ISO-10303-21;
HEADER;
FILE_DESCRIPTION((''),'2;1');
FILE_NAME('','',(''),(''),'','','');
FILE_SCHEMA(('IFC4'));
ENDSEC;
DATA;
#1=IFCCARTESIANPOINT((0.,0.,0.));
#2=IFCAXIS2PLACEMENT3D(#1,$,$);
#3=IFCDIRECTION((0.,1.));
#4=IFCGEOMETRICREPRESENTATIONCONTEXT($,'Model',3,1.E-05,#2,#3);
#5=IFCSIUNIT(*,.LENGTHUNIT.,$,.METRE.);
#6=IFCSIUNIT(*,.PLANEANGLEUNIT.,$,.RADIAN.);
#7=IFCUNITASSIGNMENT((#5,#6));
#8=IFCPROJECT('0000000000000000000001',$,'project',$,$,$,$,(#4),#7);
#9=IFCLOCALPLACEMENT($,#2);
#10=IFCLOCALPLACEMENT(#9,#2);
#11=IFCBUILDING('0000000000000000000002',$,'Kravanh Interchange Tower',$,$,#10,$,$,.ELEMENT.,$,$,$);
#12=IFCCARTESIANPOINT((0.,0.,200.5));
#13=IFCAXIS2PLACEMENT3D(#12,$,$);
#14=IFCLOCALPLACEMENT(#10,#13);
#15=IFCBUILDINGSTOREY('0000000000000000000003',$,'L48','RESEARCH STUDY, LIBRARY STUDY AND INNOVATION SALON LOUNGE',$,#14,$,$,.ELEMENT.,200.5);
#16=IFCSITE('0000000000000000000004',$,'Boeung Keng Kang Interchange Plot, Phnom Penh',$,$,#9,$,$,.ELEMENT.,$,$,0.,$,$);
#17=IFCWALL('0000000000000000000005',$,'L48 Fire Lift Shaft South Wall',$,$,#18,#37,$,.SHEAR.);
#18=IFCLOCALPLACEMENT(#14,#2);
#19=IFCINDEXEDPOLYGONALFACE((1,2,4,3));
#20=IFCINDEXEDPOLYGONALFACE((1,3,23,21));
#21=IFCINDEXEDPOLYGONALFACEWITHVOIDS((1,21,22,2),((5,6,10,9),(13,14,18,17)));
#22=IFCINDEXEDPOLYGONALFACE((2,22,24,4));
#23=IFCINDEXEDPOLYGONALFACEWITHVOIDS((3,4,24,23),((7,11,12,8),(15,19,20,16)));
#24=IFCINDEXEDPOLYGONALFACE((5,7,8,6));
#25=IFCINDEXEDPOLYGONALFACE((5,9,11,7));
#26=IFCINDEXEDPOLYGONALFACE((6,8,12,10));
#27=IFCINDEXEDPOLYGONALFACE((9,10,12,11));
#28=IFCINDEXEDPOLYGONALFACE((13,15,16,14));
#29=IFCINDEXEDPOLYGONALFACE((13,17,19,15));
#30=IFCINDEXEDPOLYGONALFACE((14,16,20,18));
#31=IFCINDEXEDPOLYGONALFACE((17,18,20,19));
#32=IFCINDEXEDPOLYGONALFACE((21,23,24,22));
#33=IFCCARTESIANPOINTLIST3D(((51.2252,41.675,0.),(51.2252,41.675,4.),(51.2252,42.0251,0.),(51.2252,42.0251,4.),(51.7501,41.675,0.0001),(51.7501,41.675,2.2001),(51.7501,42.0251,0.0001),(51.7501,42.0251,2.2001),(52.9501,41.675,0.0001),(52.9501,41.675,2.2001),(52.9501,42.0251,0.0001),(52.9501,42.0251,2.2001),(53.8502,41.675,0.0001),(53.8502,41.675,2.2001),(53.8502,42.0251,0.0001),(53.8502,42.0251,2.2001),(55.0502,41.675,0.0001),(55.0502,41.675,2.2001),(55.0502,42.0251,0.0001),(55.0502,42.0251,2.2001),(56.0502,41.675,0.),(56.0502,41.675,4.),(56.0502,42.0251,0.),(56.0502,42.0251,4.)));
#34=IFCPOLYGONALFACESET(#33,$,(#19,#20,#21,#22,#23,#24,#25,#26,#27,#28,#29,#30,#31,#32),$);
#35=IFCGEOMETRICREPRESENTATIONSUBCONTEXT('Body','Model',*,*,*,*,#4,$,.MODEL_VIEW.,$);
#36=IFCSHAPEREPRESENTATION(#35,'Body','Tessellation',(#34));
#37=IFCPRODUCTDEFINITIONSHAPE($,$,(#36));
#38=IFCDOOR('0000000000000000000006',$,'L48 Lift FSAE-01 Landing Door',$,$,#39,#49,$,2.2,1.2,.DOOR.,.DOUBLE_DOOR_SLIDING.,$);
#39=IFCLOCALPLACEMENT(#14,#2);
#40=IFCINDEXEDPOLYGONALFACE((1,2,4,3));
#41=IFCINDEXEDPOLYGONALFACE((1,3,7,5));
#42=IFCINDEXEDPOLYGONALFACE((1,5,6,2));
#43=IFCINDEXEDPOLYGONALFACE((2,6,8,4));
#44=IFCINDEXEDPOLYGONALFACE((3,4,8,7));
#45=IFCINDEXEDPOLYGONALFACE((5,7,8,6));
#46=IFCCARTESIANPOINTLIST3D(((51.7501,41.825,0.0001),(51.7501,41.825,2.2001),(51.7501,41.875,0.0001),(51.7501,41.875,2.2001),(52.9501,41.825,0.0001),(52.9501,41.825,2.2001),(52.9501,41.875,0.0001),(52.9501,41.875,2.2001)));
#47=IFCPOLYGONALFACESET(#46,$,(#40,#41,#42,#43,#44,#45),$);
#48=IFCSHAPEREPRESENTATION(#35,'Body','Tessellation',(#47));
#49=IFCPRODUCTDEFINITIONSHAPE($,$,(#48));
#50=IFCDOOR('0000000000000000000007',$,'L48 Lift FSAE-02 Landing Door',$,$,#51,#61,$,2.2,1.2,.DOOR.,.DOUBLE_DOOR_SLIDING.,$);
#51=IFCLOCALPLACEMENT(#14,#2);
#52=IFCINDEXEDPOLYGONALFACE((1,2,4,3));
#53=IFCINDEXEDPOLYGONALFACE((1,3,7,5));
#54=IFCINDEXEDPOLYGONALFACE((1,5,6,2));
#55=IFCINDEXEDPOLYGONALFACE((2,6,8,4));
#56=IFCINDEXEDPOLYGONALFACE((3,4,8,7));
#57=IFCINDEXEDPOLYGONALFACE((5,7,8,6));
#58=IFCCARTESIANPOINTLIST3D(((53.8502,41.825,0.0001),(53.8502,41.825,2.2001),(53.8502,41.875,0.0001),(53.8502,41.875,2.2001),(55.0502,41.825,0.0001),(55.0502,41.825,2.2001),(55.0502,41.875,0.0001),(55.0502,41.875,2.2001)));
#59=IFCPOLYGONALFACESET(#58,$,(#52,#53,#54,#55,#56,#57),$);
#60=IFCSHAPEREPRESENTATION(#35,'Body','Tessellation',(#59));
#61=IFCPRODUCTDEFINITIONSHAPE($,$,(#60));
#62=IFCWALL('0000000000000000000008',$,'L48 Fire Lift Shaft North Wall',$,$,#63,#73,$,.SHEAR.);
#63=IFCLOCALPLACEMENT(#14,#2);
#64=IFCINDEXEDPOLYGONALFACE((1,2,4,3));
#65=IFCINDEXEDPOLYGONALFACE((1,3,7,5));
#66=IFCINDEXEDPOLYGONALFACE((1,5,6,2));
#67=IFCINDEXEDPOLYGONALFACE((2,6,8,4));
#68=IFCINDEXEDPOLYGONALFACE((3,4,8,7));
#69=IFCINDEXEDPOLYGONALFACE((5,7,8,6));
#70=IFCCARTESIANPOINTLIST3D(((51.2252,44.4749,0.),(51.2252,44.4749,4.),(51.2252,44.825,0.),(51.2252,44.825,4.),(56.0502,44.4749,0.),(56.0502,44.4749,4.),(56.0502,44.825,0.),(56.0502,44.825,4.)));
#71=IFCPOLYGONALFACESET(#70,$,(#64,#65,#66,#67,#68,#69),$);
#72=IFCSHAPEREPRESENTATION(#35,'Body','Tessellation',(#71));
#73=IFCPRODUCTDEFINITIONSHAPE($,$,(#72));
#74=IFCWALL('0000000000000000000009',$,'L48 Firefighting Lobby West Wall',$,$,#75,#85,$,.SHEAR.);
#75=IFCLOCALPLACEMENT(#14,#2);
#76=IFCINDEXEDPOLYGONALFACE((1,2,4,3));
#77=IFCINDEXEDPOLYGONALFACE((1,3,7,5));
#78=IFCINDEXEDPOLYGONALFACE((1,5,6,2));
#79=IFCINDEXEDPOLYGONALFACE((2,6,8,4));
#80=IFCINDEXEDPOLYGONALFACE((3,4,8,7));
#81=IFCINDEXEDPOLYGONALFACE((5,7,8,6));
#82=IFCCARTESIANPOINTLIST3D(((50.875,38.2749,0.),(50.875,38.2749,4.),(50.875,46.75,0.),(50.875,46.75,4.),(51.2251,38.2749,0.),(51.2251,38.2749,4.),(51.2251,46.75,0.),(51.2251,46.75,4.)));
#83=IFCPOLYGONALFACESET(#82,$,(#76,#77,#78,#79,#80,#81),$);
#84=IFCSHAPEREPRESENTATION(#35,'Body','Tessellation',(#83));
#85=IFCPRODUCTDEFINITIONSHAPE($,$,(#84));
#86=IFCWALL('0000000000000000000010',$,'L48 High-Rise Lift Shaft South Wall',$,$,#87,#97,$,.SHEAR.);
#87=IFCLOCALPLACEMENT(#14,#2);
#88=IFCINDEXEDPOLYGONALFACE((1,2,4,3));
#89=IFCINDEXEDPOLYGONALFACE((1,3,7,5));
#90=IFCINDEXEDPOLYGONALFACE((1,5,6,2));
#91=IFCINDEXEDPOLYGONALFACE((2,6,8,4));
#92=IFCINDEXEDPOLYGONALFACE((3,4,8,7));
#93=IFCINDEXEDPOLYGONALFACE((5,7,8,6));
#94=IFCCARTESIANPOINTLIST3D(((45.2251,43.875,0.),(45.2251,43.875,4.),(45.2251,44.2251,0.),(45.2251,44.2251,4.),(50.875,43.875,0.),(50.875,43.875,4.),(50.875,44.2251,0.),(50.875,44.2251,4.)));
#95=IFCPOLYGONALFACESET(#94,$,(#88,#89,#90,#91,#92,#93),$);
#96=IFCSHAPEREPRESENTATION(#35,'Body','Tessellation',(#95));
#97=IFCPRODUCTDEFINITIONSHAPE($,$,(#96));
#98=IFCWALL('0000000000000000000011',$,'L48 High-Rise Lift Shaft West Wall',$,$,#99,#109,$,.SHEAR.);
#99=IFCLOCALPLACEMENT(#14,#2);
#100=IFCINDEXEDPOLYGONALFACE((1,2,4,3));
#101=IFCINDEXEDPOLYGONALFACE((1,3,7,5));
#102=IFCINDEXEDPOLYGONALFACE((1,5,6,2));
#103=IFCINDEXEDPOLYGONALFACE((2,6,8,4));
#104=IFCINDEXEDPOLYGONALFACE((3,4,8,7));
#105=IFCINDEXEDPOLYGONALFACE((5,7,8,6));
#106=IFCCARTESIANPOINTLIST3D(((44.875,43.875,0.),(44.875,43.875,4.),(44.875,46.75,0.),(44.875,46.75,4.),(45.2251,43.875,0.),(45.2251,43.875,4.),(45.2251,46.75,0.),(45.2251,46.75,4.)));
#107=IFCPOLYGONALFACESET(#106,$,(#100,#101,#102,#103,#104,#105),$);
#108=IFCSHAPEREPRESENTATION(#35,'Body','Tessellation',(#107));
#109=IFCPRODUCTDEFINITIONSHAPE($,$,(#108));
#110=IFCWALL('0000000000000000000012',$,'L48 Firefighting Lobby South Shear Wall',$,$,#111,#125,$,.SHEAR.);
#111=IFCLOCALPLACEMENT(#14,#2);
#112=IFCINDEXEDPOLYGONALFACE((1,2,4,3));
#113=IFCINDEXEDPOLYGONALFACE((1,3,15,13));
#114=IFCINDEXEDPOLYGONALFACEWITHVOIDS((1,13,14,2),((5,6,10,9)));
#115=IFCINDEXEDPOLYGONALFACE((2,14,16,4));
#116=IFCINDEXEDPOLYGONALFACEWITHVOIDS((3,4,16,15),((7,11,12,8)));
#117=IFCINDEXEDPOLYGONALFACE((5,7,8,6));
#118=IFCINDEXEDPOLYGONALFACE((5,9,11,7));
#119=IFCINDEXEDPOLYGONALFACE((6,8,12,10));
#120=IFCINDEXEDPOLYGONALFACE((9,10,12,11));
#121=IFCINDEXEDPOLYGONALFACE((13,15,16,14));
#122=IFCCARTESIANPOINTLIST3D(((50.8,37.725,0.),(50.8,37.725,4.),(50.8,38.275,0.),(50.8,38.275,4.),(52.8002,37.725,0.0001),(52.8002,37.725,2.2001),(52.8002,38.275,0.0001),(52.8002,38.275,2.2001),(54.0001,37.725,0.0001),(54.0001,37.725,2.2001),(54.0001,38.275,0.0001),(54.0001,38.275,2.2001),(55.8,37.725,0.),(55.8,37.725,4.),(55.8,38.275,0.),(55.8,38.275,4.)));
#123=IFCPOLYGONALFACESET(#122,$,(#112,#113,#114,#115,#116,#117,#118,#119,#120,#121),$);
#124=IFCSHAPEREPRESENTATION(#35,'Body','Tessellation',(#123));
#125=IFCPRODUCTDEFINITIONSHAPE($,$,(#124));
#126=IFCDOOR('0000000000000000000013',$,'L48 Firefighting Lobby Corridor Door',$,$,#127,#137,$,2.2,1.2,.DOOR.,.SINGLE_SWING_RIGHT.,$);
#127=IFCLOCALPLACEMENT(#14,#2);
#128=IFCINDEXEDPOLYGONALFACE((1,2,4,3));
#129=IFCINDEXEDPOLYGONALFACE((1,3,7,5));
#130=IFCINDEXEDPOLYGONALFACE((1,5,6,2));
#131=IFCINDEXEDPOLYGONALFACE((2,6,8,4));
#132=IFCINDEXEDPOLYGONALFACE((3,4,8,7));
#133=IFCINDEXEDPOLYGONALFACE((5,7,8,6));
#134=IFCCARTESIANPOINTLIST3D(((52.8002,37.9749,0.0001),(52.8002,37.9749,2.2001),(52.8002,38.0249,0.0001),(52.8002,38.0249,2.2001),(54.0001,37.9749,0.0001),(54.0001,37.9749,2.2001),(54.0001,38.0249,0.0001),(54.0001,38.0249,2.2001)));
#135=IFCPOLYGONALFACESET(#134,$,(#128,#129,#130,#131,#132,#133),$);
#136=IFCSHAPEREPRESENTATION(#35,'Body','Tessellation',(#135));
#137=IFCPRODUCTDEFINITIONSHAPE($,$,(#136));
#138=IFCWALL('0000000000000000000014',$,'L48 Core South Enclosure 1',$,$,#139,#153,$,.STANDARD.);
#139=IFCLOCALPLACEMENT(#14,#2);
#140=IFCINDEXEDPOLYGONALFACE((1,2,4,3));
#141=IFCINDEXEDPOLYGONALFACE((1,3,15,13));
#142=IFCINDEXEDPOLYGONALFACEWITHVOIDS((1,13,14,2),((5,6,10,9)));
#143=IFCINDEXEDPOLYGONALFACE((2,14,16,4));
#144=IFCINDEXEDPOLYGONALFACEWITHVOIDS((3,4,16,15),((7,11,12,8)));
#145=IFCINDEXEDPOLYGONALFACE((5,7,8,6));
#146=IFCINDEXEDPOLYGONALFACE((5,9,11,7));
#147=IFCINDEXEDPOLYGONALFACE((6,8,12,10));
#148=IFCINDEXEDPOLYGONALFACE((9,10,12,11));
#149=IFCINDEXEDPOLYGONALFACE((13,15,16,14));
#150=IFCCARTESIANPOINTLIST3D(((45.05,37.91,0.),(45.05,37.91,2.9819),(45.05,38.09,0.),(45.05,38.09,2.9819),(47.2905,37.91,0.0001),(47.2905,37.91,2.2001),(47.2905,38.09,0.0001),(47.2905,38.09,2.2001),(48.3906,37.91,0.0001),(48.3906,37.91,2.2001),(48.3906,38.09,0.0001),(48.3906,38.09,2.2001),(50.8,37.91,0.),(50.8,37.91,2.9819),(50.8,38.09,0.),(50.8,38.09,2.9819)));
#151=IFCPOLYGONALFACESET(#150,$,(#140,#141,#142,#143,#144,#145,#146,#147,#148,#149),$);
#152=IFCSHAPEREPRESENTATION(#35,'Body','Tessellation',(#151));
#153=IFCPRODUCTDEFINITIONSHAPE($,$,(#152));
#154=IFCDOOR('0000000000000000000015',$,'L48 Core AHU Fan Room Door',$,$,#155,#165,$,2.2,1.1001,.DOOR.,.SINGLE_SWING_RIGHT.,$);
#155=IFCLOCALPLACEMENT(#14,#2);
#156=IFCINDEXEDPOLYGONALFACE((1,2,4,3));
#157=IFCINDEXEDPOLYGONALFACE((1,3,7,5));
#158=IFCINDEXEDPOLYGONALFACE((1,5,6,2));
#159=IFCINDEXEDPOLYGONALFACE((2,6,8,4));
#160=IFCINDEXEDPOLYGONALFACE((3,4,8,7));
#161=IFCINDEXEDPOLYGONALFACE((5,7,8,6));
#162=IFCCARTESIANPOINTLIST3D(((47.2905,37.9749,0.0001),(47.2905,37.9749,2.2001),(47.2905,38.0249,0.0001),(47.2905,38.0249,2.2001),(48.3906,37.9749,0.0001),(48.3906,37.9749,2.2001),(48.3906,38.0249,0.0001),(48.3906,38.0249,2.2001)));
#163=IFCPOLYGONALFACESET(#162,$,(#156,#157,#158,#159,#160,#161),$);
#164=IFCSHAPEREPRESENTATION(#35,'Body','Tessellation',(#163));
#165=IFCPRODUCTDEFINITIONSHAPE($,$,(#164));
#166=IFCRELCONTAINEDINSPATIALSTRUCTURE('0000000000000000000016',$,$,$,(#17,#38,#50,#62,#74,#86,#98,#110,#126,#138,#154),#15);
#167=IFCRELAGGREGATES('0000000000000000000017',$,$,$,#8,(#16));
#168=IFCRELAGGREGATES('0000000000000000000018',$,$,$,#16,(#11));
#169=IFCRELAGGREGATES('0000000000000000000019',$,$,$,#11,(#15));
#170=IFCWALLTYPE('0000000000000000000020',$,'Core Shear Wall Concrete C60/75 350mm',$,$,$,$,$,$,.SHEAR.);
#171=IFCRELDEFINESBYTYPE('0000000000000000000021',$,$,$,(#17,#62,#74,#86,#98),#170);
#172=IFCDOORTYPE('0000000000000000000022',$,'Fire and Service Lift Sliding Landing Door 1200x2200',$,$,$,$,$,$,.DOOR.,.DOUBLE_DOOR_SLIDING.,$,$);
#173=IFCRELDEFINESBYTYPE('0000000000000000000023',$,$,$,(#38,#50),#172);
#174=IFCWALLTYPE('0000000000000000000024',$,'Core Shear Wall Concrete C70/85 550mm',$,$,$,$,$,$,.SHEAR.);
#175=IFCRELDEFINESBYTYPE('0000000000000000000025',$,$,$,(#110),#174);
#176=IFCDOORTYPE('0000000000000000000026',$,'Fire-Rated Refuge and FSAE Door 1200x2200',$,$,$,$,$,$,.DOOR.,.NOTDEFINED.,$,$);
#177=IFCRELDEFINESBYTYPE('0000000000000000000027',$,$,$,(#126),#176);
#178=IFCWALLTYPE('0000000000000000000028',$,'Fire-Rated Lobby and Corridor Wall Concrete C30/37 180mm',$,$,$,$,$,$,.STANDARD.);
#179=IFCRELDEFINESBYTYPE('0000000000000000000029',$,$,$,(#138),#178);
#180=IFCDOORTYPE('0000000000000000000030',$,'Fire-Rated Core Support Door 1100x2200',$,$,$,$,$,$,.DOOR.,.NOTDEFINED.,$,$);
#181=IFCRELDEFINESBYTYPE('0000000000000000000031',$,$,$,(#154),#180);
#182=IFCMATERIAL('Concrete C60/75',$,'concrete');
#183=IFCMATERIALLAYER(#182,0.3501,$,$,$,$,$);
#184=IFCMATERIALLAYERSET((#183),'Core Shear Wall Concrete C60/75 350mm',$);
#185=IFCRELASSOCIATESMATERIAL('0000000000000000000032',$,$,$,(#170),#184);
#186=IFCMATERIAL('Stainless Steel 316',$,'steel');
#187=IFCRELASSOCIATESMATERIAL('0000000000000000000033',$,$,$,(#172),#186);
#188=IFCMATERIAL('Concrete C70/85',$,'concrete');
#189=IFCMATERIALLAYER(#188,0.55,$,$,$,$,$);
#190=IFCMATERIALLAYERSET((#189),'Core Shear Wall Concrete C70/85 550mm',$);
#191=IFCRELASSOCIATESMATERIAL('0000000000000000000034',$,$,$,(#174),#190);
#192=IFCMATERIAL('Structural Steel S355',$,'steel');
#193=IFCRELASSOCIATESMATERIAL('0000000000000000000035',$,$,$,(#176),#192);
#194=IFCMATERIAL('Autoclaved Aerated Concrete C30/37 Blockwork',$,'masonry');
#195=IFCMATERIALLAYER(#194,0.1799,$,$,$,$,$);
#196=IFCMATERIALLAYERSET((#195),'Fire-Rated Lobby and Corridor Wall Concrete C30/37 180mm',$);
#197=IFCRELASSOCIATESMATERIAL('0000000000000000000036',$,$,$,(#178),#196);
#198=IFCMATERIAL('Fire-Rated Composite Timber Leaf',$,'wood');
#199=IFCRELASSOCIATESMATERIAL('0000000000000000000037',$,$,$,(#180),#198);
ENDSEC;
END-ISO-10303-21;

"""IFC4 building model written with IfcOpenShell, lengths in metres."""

from ifc_helpers import new_model, si_unit, direction, frame, frame_2d, origin, place, context, subcontext, project, spatial, rectangle, extrude, material, layer, layer_set, type_object, element, fill, save


model = new_model("IFC4")

# Units and contexts
model_context = context("Model", 3, precision=1e-05, world=origin(), true_north=direction((0.0, 1.0)))
body_context = subcontext(model_context, "Body", "Model", "MODEL_VIEW")
ifc_project = project(units=[si_unit("LENGTHUNIT", "METRE"), si_unit("PLANEANGLEUNIT", "RADIAN")], contexts=[model_context])

# Site, building, storey
site_placement = place(None, origin())
site = spatial("IfcSite", under=ifc_project, at=site_placement, Name="Boeung Keng Kang Interchange Plot, Phnom Penh", CompositionType="ELEMENT", RefElevation=0.0)
building_placement = place(site_placement, origin())
building = spatial("IfcBuilding", under=site, at=building_placement, Name="Kravanh Interchange Tower", CompositionType="ELEMENT")
storey_placement = place(building_placement, frame((0.0, 0.0, 200.5)))
storey = spatial("IfcBuildingStorey", under=building, at=storey_placement, Name="L48", Description="RESEARCH STUDY, LIBRARY STUDY AND INNOVATION SALON LOUNGE", CompositionType="ELEMENT", Elevation=200.5)

# Wall, openings, doors
ifc_material_1 = material(Name="Concrete C60/75", Category="concrete")
ifc_layer_1 = layer(ifc_material_1, 0.3501)
ifc_layer_set_1 = layer_set([ifc_layer_1], Name="Core Shear Wall Concrete C60/75 350mm")
wall_type_1 = type_object("IfcWallType", Name="Core Shear Wall Concrete C60/75 350mm", PredefinedType="SHEAR", material=ifc_layer_set_1)
wall_1_placement = place(storey_placement, frame((51.2251, 41.8501, 0.0), z_axis=(0.0, 0.0, 1.0), x_axis=(1.0, 0.0, 0.0)))
wall_1 = element("IfcWall", 1, at=wall_1_placement, inside=storey, type_object=wall_type_1, Name="L48 Fire Lift Shaft South Wall", PredefinedType="SHEAR", context=body_context, shape_type="SweptSolid", body=[
    extrude(rectangle(XDim=4.825, YDim=0.3501, at=frame_2d((2.4126, 0.0))), origin(), (0.0, 0.0, 1.0), 4.0),
])
opening_1_placement = place(wall_1_placement, frame((0.5249, 0.0, 0.0)))
opening_1 = element("IfcOpeningElement", 2, at=opening_1_placement, cuts=wall_1, PredefinedType="OPENING", context=body_context, shape_type="SweptSolid", body=[
    extrude(rectangle(XDim=1.2, YDim=2.2, at=frame_2d((0.6001, 1.1001))), frame((0.0, 0.1851, 0.0), z_axis=(0.0, -1.0, 0.0), x_axis=(1.0, 0.0, 0.0)), (0.0, 0.0, 1.0), 0.3701),
])
opening_2_placement = place(wall_1_placement, frame((2.625, 0.0, 0.0)))
opening_2 = element("IfcOpeningElement", 3, at=opening_2_placement, cuts=wall_1, PredefinedType="OPENING", context=body_context, shape_type="SweptSolid", body=[
    extrude(rectangle(XDim=1.2, YDim=2.2, at=frame_2d((0.6001, 1.1001))), frame((0.0, 0.1851, 0.0), z_axis=(0.0, -1.0, 0.0), x_axis=(1.0, 0.0, 0.0)), (0.0, 0.0, 1.0), 0.3701),
])
ifc_material_2 = material(Name="Stainless Steel 316", Category="steel")
door_type_1 = type_object("IfcDoorType", Name="Fire and Service Lift Sliding Landing Door 1200x2200", OperationType="DOUBLE_DOOR_SLIDING", PredefinedType="DOOR", material=ifc_material_2)
door_1_placement = place(opening_1_placement, origin())
door_1 = element("IfcDoor", 4, at=door_1_placement, inside=storey, type_object=door_type_1, Name="L48 Lift FSAE-01 Landing Door", OperationType="DOUBLE_DOOR_SLIDING", OverallHeight=2.2, OverallWidth=1.2, PredefinedType="DOOR", context=body_context, shape_type="SweptSolid", body=[
    extrude(rectangle(XDim=1.2, YDim=2.2, at=frame_2d((0.6001, 1.1001))), frame((0.0, 0.0249, 0.0), z_axis=(0.0, -1.0, 0.0), x_axis=(1.0, 0.0, 0.0)), (0.0, 0.0, 1.0), 0.05),
])
fill(opening_1, door_1)
door_2_placement = place(opening_2_placement, origin())
door_2 = element("IfcDoor", 5, at=door_2_placement, inside=storey, type_object=door_type_1, Name="L48 Lift FSAE-02 Landing Door", OperationType="DOUBLE_DOOR_SLIDING", OverallHeight=2.2, OverallWidth=1.2, PredefinedType="DOOR", context=body_context, shape_type="SweptSolid", body=[
    extrude(rectangle(XDim=1.2, YDim=2.2, at=frame_2d((0.6001, 1.1001))), frame((0.0, 0.0249, 0.0), z_axis=(0.0, -1.0, 0.0), x_axis=(1.0, 0.0, 0.0)), (0.0, 0.0, 1.0), 0.05),
])
fill(opening_2, door_2)

# Walls
wall_2_placement = place(storey_placement, frame((51.2251, 44.6499, 0.0), z_axis=(0.0, 0.0, 1.0), x_axis=(1.0, 0.0, 0.0)))
element("IfcWall", 6, at=wall_2_placement, inside=storey, type_object=wall_type_1, Name="L48 Fire Lift Shaft North Wall", PredefinedType="SHEAR", context=body_context, shape_type="SweptSolid", body=[
    extrude(rectangle(XDim=4.825, YDim=0.3501, at=frame_2d((2.4126, 0.0))), origin(), (0.0, 0.0, 1.0), 4.0),
])
wall_3_placement = place(storey_placement, frame((51.05, 38.2749, 0.0), z_axis=(0.0, 0.0, 1.0), x_axis=(0.0, 1.0, 0.0)))
element("IfcWall", 7, at=wall_3_placement, inside=storey, type_object=wall_type_1, Name="L48 Firefighting Lobby West Wall", PredefinedType="SHEAR", context=body_context, shape_type="SweptSolid", body=[
    extrude(rectangle(XDim=8.4751, YDim=0.3501, at=frame_2d((4.2375, 0.0))), origin(), (0.0, 0.0, 1.0), 4.0),
])
wall_4_placement = place(storey_placement, frame((45.2251, 44.05, 0.0), z_axis=(0.0, 0.0, 1.0), x_axis=(1.0, 0.0, 0.0)))
element("IfcWall", 8, at=wall_4_placement, inside=storey, type_object=wall_type_1, Name="L48 High-Rise Lift Shaft South Wall", PredefinedType="SHEAR", context=body_context, shape_type="SweptSolid", body=[
    extrude(rectangle(XDim=5.6499, YDim=0.3501, at=frame_2d((2.825, 0.0))), origin(), (0.0, 0.0, 1.0), 4.0),
])
wall_5_placement = place(storey_placement, frame((45.05, 43.875, 0.0), z_axis=(0.0, 0.0, 1.0), x_axis=(0.0, 1.0, 0.0)))
element("IfcWall", 9, at=wall_5_placement, inside=storey, type_object=wall_type_1, Name="L48 High-Rise Lift Shaft West Wall", PredefinedType="SHEAR", context=body_context, shape_type="SweptSolid", body=[
    extrude(rectangle(XDim=2.875, YDim=0.3501, at=frame_2d((1.4375, 0.0))), origin(), (0.0, 0.0, 1.0), 4.0),
])

# Shared definitions
ifc_material_3 = material(Name="Concrete C70/85", Category="concrete")
ifc_layer_2 = layer(ifc_material_3, 0.55)
ifc_layer_set_2 = layer_set([ifc_layer_2], Name="Core Shear Wall Concrete C70/85 550mm")
wall_type_2 = type_object("IfcWallType", Name="Core Shear Wall Concrete C70/85 550mm", PredefinedType="SHEAR", material=ifc_layer_set_2)

# Walls, openings, doors
wall_6_placement = place(storey_placement, frame((50.8, 38.0, 0.0), z_axis=(0.0, 0.0, 1.0), x_axis=(1.0, 0.0, 0.0)))
wall_6 = element("IfcWall", 10, at=wall_6_placement, inside=storey, type_object=wall_type_2, Name="L48 Firefighting Lobby South Shear Wall", PredefinedType="SHEAR", context=body_context, shape_type="SweptSolid", body=[
    extrude(rectangle(XDim=5.0, YDim=0.55, at=frame_2d((2.5, 0.0))), origin(), (0.0, 0.0, 1.0), 4.0),
])
opening_3_placement = place(wall_6_placement, frame((2.0, 0.0, 0.0)))
opening_3 = element("IfcOpeningElement", 11, at=opening_3_placement, cuts=wall_6, PredefinedType="OPENING", context=body_context, shape_type="SweptSolid", body=[
    extrude(rectangle(XDim=1.2, YDim=2.2, at=frame_2d((0.6001, 1.1001))), frame((0.0, 0.2852, 0.0), z_axis=(0.0, -1.0, 0.0), x_axis=(1.0, 0.0, 0.0)), (0.0, 0.0, 1.0), 0.5701),
])
ifc_material_4 = material(Name="Structural Steel S355", Category="steel")
door_type_2 = type_object("IfcDoorType", Name="Fire-Rated Refuge and FSAE Door 1200x2200", OperationType="NOTDEFINED", PredefinedType="DOOR", material=ifc_material_4)
door_3_placement = place(opening_3_placement, origin())
door_3 = element("IfcDoor", 12, at=door_3_placement, inside=storey, type_object=door_type_2, Name="L48 Firefighting Lobby Corridor Door", OperationType="SINGLE_SWING_RIGHT", OverallHeight=2.2, OverallWidth=1.2, PredefinedType="DOOR", context=body_context, shape_type="SweptSolid", body=[
    extrude(rectangle(XDim=1.2, YDim=2.2, at=frame_2d((0.6001, 1.1001))), frame((0.0, 0.0249, 0.0), z_axis=(0.0, -1.0, 0.0), x_axis=(1.0, 0.0, 0.0)), (0.0, 0.0, 1.0), 0.05),
])
fill(opening_3, door_3)
ifc_material_5 = material(Name="Autoclaved Aerated Concrete C30/37 Blockwork", Category="masonry")
ifc_layer_3 = layer(ifc_material_5, 0.1799)
ifc_layer_set_3 = layer_set([ifc_layer_3], Name="Fire-Rated Lobby and Corridor Wall Concrete C30/37 180mm")
wall_type_3 = type_object("IfcWallType", Name="Fire-Rated Lobby and Corridor Wall Concrete C30/37 180mm", PredefinedType="STANDARD", material=ifc_layer_set_3)
wall_7_placement = place(storey_placement, frame((45.05, 38.0, 0.0), z_axis=(0.0, 0.0, 1.0), x_axis=(1.0, 0.0, 0.0)))
wall_7 = element("IfcWall", 13, at=wall_7_placement, inside=storey, type_object=wall_type_3, Name="L48 Core South Enclosure 1", PredefinedType="STANDARD", context=body_context, shape_type="SweptSolid", body=[
    extrude(rectangle(XDim=5.75, YDim=0.1799, at=frame_2d((2.875, 0.0))), origin(), (0.0, 0.0, 1.0), 2.9819),
])
opening_4_placement = place(wall_7_placement, frame((2.2405, 0.0, 0.0)))
opening_4 = element("IfcOpeningElement", 14, at=opening_4_placement, cuts=wall_7, PredefinedType="OPENING", context=body_context, shape_type="SweptSolid", body=[
    extrude(rectangle(XDim=1.1001, YDim=2.2, at=frame_2d((0.55, 1.1001))), frame((0.0, 0.1001, 0.0), z_axis=(0.0, -1.0, 0.0), x_axis=(1.0, 0.0, 0.0)), (0.0, 0.0, 1.0), 0.2),
])
ifc_material_6 = material(Name="Fire-Rated Composite Timber Leaf", Category="wood")
door_type_3 = type_object("IfcDoorType", Name="Fire-Rated Core Support Door 1100x2200", OperationType="NOTDEFINED", PredefinedType="DOOR", material=ifc_material_6)
door_4_placement = place(opening_4_placement, origin())
door_4 = element("IfcDoor", 15, at=door_4_placement, inside=storey, type_object=door_type_3, Name="L48 Core AHU Fan Room Door", OperationType="SINGLE_SWING_RIGHT", OverallHeight=2.2, OverallWidth=1.1001, PredefinedType="DOOR", context=body_context, shape_type="SweptSolid", body=[
    extrude(rectangle(XDim=1.1001, YDim=2.2, at=frame_2d((0.55, 1.1001))), frame((0.0, 0.0249, 0.0), z_axis=(0.0, -1.0, 0.0), x_axis=(1.0, 0.0, 0.0)), (0.0, 0.0, 1.0), 0.05),
])
fill(opening_4, door_4)

save(model, "model.ifc")
